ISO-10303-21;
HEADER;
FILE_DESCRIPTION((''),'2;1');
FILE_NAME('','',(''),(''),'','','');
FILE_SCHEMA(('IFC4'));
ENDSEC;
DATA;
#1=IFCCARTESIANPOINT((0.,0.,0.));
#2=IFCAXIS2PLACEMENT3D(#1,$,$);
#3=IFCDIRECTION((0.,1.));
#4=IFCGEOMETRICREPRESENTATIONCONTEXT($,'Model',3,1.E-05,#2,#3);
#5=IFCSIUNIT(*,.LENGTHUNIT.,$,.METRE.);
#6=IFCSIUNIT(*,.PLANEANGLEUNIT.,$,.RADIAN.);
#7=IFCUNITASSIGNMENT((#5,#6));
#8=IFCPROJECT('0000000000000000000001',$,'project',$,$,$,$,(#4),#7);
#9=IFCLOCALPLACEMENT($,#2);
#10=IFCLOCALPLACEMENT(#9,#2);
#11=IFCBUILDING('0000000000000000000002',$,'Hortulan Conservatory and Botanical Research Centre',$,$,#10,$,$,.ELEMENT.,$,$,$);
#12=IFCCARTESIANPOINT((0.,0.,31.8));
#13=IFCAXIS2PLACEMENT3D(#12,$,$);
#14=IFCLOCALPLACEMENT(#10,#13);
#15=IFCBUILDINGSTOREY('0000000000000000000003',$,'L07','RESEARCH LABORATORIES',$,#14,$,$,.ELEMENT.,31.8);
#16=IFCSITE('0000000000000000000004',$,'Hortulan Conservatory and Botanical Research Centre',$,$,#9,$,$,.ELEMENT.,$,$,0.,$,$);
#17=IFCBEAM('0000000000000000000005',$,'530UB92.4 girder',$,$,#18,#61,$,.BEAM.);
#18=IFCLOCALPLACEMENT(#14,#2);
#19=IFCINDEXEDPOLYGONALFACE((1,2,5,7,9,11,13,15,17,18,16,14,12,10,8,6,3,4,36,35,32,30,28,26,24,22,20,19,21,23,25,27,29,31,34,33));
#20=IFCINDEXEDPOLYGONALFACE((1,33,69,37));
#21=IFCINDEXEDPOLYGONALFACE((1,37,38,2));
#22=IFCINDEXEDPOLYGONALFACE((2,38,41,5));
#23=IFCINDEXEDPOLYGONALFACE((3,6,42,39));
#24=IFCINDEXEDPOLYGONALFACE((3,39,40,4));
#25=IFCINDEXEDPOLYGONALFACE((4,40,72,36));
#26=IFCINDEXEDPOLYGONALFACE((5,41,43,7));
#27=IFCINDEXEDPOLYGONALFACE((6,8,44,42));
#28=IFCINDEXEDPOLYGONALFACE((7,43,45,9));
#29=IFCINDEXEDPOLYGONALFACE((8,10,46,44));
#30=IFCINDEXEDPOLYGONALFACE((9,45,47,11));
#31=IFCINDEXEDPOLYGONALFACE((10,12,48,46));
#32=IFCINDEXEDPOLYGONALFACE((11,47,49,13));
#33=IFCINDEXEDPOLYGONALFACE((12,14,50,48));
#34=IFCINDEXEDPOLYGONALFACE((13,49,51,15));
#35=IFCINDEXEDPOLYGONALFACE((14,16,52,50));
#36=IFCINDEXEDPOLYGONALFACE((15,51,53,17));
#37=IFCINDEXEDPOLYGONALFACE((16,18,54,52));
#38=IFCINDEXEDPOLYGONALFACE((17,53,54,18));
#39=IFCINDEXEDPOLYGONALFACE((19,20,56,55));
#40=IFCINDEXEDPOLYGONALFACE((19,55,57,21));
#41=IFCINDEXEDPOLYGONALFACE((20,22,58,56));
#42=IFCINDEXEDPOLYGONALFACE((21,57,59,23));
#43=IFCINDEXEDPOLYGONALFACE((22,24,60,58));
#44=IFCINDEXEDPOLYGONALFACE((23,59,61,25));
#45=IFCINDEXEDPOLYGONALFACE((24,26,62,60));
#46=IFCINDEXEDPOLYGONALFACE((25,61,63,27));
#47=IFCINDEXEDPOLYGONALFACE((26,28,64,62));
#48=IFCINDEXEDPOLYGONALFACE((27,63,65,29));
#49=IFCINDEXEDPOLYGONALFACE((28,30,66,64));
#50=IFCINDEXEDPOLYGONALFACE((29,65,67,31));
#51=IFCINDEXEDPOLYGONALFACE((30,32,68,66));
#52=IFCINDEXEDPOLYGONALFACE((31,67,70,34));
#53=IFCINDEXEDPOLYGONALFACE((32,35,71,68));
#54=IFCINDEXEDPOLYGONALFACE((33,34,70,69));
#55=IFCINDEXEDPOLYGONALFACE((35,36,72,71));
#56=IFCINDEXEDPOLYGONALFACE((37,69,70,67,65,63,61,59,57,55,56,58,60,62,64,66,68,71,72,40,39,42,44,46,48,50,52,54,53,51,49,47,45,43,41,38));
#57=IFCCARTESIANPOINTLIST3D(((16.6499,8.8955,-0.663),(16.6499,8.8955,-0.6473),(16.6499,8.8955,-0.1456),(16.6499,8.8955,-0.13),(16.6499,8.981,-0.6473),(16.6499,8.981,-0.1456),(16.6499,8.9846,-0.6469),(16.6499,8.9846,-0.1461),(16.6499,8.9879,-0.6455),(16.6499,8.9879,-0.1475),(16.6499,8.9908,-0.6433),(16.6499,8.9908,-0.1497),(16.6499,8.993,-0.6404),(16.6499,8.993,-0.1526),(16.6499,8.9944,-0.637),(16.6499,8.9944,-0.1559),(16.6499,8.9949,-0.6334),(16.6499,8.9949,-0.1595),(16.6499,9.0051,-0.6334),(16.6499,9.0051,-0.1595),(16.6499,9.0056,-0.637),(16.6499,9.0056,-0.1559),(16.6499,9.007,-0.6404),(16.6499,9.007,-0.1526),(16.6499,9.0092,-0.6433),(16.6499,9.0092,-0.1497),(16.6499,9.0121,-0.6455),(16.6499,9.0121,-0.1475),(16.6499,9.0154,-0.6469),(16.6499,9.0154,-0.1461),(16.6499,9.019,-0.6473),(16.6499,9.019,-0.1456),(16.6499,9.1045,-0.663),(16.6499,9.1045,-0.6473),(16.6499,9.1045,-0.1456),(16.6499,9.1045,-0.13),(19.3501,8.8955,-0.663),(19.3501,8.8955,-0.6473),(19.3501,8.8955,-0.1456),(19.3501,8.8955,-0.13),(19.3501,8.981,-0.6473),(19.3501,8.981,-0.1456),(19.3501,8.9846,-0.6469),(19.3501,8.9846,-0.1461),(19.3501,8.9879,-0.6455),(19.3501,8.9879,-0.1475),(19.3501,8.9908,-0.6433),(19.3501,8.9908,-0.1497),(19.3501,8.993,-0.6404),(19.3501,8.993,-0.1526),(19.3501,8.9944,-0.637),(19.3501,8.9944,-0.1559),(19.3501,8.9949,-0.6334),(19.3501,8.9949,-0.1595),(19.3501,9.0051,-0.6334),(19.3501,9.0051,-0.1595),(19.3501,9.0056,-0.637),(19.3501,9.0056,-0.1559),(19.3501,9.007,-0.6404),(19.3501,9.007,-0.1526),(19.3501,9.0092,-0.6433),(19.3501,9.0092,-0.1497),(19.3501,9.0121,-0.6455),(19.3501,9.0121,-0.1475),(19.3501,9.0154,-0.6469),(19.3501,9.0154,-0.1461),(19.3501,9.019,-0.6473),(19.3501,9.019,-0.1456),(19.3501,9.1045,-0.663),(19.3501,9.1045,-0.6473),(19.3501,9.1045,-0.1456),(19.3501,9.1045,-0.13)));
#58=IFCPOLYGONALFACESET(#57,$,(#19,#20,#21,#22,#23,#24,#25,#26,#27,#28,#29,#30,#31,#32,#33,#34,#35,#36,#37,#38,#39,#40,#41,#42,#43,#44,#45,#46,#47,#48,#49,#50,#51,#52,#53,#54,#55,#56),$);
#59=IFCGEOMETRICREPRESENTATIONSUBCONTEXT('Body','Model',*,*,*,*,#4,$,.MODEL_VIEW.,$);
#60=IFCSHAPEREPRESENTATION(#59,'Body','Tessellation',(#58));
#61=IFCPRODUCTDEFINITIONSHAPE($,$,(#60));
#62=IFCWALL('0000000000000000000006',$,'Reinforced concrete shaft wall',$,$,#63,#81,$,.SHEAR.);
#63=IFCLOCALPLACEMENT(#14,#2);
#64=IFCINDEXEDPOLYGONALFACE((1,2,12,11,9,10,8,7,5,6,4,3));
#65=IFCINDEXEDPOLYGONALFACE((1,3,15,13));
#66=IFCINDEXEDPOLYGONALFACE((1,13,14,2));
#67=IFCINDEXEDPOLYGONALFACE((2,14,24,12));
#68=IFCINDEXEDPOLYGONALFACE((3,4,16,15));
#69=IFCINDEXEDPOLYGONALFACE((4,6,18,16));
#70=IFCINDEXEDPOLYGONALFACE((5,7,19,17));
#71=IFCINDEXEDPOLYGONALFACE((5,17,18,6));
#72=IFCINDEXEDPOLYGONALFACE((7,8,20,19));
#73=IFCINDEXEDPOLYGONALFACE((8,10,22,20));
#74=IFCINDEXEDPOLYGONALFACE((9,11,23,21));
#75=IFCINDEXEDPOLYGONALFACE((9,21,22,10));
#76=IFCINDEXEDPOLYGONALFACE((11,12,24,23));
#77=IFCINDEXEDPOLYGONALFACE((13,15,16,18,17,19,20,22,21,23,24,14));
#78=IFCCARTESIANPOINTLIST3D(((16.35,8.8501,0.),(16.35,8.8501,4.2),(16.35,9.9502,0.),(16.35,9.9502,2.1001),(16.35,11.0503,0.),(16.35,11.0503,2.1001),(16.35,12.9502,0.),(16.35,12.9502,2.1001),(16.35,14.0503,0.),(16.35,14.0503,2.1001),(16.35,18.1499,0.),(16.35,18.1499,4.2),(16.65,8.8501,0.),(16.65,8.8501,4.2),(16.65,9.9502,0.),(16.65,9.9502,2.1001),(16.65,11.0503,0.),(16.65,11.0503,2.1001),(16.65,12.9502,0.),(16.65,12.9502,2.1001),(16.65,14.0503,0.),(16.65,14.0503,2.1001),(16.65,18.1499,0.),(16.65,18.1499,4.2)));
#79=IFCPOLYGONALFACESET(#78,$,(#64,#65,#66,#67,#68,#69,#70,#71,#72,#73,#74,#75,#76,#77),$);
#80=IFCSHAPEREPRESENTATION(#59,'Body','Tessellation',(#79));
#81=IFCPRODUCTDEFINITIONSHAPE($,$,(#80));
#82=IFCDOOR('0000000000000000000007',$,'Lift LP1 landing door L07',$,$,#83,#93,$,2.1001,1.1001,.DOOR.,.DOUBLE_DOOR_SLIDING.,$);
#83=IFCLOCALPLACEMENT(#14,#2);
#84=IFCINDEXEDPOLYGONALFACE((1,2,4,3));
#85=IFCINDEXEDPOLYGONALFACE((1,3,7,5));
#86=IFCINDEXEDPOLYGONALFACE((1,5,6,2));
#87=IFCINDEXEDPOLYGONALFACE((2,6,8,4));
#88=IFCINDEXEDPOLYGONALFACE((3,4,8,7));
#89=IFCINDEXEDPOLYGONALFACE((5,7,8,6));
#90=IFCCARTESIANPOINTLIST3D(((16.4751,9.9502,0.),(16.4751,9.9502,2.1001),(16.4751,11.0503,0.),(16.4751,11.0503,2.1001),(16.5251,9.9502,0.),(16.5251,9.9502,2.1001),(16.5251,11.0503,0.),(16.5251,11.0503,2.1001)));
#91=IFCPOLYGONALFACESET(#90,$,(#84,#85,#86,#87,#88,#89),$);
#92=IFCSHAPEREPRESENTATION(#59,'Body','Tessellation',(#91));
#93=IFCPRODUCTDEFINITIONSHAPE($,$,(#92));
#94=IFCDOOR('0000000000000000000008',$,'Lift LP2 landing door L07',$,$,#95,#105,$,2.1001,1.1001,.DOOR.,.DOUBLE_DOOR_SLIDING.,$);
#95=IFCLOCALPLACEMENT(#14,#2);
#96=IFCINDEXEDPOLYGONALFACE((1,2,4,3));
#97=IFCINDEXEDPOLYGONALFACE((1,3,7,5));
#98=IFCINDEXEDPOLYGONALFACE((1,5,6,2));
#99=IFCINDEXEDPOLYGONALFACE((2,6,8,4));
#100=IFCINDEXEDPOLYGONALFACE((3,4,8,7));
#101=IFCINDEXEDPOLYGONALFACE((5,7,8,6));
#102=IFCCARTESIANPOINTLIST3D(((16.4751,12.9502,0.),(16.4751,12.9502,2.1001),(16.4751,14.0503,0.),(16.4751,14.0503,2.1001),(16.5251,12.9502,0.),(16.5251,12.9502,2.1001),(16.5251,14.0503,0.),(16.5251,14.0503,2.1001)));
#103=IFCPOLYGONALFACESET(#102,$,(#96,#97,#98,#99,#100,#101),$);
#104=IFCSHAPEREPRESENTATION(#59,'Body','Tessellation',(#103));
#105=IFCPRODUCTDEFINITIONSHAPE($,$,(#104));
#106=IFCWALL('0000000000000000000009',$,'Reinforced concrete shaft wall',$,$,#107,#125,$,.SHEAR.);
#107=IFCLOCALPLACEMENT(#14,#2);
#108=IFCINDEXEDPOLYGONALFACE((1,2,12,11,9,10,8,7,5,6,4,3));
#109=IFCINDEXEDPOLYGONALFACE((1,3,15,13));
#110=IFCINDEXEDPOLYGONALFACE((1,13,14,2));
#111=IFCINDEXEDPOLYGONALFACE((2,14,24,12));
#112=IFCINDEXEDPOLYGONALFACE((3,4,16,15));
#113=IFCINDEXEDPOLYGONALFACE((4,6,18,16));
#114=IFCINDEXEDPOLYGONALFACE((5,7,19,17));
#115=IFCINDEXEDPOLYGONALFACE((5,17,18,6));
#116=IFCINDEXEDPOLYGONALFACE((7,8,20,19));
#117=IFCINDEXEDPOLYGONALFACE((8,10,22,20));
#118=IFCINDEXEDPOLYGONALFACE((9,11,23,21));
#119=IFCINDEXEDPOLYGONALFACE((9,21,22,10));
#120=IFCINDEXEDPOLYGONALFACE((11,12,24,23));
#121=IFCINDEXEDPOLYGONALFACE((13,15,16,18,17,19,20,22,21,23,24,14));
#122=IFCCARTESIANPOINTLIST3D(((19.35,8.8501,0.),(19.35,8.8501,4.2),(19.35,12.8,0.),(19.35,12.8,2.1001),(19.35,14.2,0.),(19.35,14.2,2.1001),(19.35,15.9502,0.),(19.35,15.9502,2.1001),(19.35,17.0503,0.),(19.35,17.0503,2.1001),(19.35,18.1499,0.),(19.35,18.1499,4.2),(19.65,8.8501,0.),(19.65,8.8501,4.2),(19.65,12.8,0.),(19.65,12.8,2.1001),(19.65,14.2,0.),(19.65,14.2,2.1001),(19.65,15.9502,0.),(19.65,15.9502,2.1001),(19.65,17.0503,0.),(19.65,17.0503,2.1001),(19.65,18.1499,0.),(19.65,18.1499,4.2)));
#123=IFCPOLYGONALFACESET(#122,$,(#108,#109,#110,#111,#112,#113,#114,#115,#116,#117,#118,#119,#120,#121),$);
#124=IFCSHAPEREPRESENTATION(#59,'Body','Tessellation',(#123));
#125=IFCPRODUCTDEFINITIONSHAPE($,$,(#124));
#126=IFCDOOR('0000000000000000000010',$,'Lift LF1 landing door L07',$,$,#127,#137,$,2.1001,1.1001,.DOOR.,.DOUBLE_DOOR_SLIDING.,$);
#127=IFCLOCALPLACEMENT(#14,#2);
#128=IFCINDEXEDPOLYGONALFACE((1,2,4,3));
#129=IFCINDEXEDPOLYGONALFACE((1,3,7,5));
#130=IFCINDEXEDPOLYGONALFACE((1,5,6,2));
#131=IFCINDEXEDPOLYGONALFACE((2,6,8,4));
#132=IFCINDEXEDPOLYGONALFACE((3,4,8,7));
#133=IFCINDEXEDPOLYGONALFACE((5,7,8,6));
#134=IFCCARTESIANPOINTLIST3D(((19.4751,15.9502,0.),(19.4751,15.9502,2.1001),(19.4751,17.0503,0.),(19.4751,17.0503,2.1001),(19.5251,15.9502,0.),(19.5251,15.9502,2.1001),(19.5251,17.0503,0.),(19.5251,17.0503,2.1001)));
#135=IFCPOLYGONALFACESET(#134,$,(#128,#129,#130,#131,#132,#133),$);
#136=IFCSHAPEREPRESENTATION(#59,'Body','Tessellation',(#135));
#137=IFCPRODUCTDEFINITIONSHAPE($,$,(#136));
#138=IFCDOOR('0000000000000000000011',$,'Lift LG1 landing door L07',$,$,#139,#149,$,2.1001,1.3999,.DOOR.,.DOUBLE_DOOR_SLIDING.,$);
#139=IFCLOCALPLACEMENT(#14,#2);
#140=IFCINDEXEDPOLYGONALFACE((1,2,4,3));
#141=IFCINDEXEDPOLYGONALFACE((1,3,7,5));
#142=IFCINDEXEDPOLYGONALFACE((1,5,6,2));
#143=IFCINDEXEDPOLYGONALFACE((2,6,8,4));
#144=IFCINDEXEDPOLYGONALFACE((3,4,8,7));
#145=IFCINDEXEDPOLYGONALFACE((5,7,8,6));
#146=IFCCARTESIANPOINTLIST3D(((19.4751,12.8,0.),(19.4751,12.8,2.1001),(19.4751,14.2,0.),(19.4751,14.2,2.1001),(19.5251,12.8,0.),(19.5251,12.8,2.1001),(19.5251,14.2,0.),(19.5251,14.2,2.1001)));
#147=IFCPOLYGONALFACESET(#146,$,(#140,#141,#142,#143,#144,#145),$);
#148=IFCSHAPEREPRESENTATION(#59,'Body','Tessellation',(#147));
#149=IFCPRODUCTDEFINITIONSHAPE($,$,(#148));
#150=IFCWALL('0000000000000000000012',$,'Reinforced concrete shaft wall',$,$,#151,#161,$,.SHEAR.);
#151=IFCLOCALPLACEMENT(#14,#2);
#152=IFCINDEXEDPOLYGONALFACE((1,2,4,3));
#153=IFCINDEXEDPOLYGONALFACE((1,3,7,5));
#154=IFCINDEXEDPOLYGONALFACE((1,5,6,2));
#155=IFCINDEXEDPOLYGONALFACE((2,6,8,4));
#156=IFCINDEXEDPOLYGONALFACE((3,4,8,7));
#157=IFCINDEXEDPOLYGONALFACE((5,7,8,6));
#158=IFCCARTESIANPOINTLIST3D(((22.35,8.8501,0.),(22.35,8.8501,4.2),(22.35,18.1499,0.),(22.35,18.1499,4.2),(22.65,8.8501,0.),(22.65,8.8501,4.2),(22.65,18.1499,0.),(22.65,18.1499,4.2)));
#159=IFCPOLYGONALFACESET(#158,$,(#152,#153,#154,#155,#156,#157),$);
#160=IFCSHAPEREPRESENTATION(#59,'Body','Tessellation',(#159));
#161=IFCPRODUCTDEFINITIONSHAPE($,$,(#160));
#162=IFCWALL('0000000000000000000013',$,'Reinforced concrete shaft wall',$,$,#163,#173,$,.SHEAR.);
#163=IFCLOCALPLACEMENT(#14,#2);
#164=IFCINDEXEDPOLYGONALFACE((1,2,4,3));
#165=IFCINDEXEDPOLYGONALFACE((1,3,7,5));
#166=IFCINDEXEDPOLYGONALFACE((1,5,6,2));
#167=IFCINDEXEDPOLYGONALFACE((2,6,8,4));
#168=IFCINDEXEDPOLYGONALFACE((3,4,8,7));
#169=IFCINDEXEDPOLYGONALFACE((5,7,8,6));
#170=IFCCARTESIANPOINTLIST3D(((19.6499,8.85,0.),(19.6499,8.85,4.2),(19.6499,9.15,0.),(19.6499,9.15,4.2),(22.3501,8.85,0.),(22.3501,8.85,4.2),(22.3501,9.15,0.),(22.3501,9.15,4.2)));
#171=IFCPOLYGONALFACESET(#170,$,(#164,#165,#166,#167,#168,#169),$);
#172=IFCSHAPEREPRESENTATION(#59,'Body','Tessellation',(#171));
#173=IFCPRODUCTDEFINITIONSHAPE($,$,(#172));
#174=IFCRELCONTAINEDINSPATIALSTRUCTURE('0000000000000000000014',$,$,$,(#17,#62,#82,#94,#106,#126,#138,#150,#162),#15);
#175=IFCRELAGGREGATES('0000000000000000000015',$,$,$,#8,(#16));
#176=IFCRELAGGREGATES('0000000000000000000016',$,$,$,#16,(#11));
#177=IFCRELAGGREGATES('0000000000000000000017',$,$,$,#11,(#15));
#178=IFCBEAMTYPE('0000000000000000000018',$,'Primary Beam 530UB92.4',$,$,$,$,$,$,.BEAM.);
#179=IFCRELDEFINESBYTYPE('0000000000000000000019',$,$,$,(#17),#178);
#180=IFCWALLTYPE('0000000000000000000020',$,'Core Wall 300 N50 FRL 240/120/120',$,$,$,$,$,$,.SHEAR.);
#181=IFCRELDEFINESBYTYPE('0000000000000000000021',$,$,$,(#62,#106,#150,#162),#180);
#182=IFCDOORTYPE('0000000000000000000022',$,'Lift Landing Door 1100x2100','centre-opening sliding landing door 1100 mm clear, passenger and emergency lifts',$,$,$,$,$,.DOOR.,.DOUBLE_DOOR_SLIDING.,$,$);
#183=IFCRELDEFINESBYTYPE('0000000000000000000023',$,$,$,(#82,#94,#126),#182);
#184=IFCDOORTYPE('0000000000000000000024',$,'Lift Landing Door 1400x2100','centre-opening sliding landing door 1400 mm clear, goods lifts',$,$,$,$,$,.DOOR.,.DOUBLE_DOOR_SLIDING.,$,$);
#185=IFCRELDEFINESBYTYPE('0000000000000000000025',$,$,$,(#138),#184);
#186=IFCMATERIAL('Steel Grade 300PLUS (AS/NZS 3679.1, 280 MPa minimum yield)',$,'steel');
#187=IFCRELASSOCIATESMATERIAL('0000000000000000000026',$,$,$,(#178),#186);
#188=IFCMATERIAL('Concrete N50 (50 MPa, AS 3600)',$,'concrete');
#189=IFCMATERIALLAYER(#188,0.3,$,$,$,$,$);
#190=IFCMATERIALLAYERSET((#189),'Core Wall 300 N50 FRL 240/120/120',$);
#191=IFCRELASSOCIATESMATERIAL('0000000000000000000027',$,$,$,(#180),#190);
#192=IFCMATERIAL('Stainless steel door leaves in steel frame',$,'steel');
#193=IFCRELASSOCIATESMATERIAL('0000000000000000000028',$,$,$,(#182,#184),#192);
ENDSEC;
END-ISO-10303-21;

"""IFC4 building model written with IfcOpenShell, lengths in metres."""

from ifc_helpers import new_model, si_unit, direction, frame, frame_2d, origin, origin_2d, place, context, subcontext, project, spatial, rectangle, i_section, extrude, material, layer, layer_set, material_profile, profile_set, type_object, element, fill, save


model = new_model("IFC4")

# Units and contexts
model_context = context("Model", 3, precision=1e-05, world=origin(), true_north=direction((0.0, 1.0)))
body_context = subcontext(model_context, "Body", "Model", "MODEL_VIEW")
ifc_project = project(units=[si_unit("LENGTHUNIT", "METRE"), si_unit("PLANEANGLEUNIT", "RADIAN")], contexts=[model_context])

# Site, building, storey
site_placement = place(None, origin())
site = spatial("IfcSite", under=ifc_project, at=site_placement, Name="Hortulan Conservatory and Botanical Research Centre", CompositionType="ELEMENT", RefElevation=0.0)
building_placement = place(site_placement, origin())
building = spatial("IfcBuilding", under=site, at=building_placement, Name="Hortulan Conservatory and Botanical Research Centre", CompositionType="ELEMENT")
storey_placement = place(building_placement, frame((0.0, 0.0, 31.8)))
storey = spatial("IfcBuildingStorey", under=building, at=storey_placement, Name="L07", Description="RESEARCH LABORATORIES", CompositionType="ELEMENT", Elevation=31.8)

# Beam
ifc_material_1 = material(Name="Steel Grade 300PLUS (AS/NZS 3679.1, 280 MPa minimum yield)", Category="steel")
ifc_material_profile = material_profile(ifc_material_1, i_section(OverallWidth=0.209, OverallDepth=0.533, WebThickness=0.0103, FlangeThickness=0.0156, FilletRadius=0.0139, at=origin_2d()), Name="530UB92.4")
ifc_profile_set = profile_set([ifc_material_profile], Name="Steel Grade 300PLUS (AS/NZS 3679.1, 280 MPa minimum yield)")
beam_type = type_object("IfcBeamType", Name="Primary Beam 530UB92.4", PredefinedType="BEAM", material=ifc_profile_set)
beam_placement = place(storey_placement, frame((16.6499, 9.0, -0.3965), z_axis=(1.0, 0.0, 0.0), x_axis=(0.0, 1.0, 0.0)))
element("IfcBeam", 1, at=beam_placement, inside=storey, type_object=beam_type, Name="530UB92.4 girder", PredefinedType="BEAM", context=body_context, shape_type="SweptSolid", body=[
    extrude(i_section(OverallWidth=0.209, OverallDepth=0.533, WebThickness=0.0103, FlangeThickness=0.0156, FilletRadius=0.0139, at=origin_2d()), origin(), (0.0, 0.0, 1.0), 2.7002),
])

# Walls, openings, doors
ifc_material_2 = material(Name="Concrete N50 (50 MPa, AS 3600)", Category="concrete")
ifc_layer_1 = layer(ifc_material_2, 0.3)
ifc_layer_set_1 = layer_set([ifc_layer_1], Name="Core Wall 300 N50 FRL 240/120/120")
wall_type = type_object("IfcWallType", Name="Core Wall 300 N50 FRL 240/120/120", PredefinedType="SHEAR", material=ifc_layer_set_1)
wall_1_placement = place(storey_placement, frame((16.5, 8.8501, 0.0), z_axis=(0.0, 0.0, 1.0), x_axis=(0.0, 1.0, 0.0)))
wall_1 = element("IfcWall", 2, at=wall_1_placement, inside=storey, type_object=wall_type, Name="Reinforced concrete shaft wall", PredefinedType="SHEAR", context=body_context, shape_type="SweptSolid", body=[
    extrude(rectangle(XDim=9.2998, YDim=0.3, at=frame_2d((4.6499, 0.0))), origin(), (0.0, 0.0, 1.0), 4.2),
])
opening_1_placement = place(wall_1_placement, frame((1.1001, 0.0, 0.0)))
opening_1 = element("IfcOpeningElement", 3, at=opening_1_placement, cuts=wall_1, PredefinedType="OPENING", context=body_context, shape_type="SweptSolid", body=[
    extrude(rectangle(XDim=1.1001, YDim=2.1001, at=frame_2d((0.55, 1.05))), frame((0.0, 0.1599, 0.0), z_axis=(0.0, -1.0, 0.0), x_axis=(1.0, 0.0, 0.0)), (0.0, 0.0, 1.0), 0.3201),
])
opening_2_placement = place(wall_1_placement, frame((4.1001, 0.0, 0.0)))
opening_2 = element("IfcOpeningElement", 4, at=opening_2_placement, cuts=wall_1, PredefinedType="OPENING", context=body_context, shape_type="SweptSolid", body=[
    extrude(rectangle(XDim=1.1001, YDim=2.1001, at=frame_2d((0.55, 1.05))), frame((0.0, 0.1599, 0.0), z_axis=(0.0, -1.0, 0.0), x_axis=(1.0, 0.0, 0.0)), (0.0, 0.0, 1.0), 0.3201),
])
ifc_material_3 = material(Name="Stainless steel door leaves in steel frame", Category="steel")
door_type_1 = type_object("IfcDoorType", Name="Lift Landing Door 1100x2100", Description="centre-opening sliding landing door 1100 mm clear, passenger and emergency lifts", OperationType="DOUBLE_DOOR_SLIDING", PredefinedType="DOOR", material=ifc_material_3)
door_1_placement = place(opening_1_placement, origin())
door_1 = element("IfcDoor", 5, at=door_1_placement, inside=storey, type_object=door_type_1, Name="Lift LP1 landing door L07", OperationType="DOUBLE_DOOR_SLIDING", OverallHeight=2.1001, OverallWidth=1.1001, PredefinedType="DOOR", context=body_context, shape_type="SweptSolid", body=[
    extrude(rectangle(XDim=1.1001, YDim=2.1001, at=frame_2d((0.55, 1.05))), frame((0.0, 0.0249, 0.0), z_axis=(0.0, -1.0, 0.0), x_axis=(1.0, 0.0, 0.0)), (0.0, 0.0, 1.0), 0.05),
])
fill(opening_1, door_1)
door_2_placement = place(opening_2_placement, origin())
door_2 = element("IfcDoor", 6, at=door_2_placement, inside=storey, type_object=door_type_1, Name="Lift LP2 landing door L07", OperationType="DOUBLE_DOOR_SLIDING", OverallHeight=2.1001, OverallWidth=1.1001, PredefinedType="DOOR", context=body_context, shape_type="SweptSolid", body=[
    extrude(rectangle(XDim=1.1001, YDim=2.1001, at=frame_2d((0.55, 1.05))), frame((0.0, 0.0249, 0.0), z_axis=(0.0, -1.0, 0.0), x_axis=(1.0, 0.0, 0.0)), (0.0, 0.0, 1.0), 0.05),
])
fill(opening_2, door_2)
wall_2_placement = place(storey_placement, frame((19.5, 8.8501, 0.0), z_axis=(0.0, 0.0, 1.0), x_axis=(0.0, 1.0, 0.0)))
wall_2 = element("IfcWall", 7, at=wall_2_placement, inside=storey, type_object=wall_type, Name="Reinforced concrete shaft wall", PredefinedType="SHEAR", context=body_context, shape_type="SweptSolid", body=[
    extrude(rectangle(XDim=9.2998, YDim=0.3, at=frame_2d((4.6499, 0.0))), origin(), (0.0, 0.0, 1.0), 4.2),
])
opening_3_placement = place(wall_2_placement, frame((3.95, 0.0, 0.0)))
opening_3 = element("IfcOpeningElement", 8, at=opening_3_placement, cuts=wall_2, PredefinedType="OPENING", context=body_context, shape_type="SweptSolid", body=[
    extrude(rectangle(XDim=1.3999, YDim=2.1001, at=frame_2d((0.7, 1.05))), frame((0.0, 0.1599, 0.0), z_axis=(0.0, -1.0, 0.0), x_axis=(1.0, 0.0, 0.0)), (0.0, 0.0, 1.0), 0.3201),
])
opening_4_placement = place(wall_2_placement, frame((7.1001, 0.0, 0.0)))
opening_4 = element("IfcOpeningElement", 9, at=opening_4_placement, cuts=wall_2, PredefinedType="OPENING", context=body_context, shape_type="SweptSolid", body=[
    extrude(rectangle(XDim=1.1001, YDim=2.1001, at=frame_2d((0.55, 1.05))), frame((0.0, 0.1599, 0.0), z_axis=(0.0, -1.0, 0.0), x_axis=(1.0, 0.0, 0.0)), (0.0, 0.0, 1.0), 0.3201),
])
door_3_placement = place(opening_4_placement, origin())
door_3 = element("IfcDoor", 10, at=door_3_placement, inside=storey, type_object=door_type_1, Name="Lift LF1 landing door L07", OperationType="DOUBLE_DOOR_SLIDING", OverallHeight=2.1001, OverallWidth=1.1001, PredefinedType="DOOR", context=body_context, shape_type="SweptSolid", body=[
    extrude(rectangle(XDim=1.1001, YDim=2.1001, at=frame_2d((0.55, 1.05))), frame((0.0, 0.0249, 0.0), z_axis=(0.0, -1.0, 0.0), x_axis=(1.0, 0.0, 0.0)), (0.0, 0.0, 1.0), 0.05),
])
fill(opening_4, door_3)
door_type_2 = type_object("IfcDoorType", Name="Lift Landing Door 1400x2100", Description="centre-opening sliding landing door 1400 mm clear, goods lifts", OperationType="DOUBLE_DOOR_SLIDING", PredefinedType="DOOR", material=ifc_material_3)
door_4_placement = place(opening_3_placement, origin())
door_4 = element("IfcDoor", 11, at=door_4_placement, inside=storey, type_object=door_type_2, Name="Lift LG1 landing door L07", OperationType="DOUBLE_DOOR_SLIDING", OverallHeight=2.1001, OverallWidth=1.3999, PredefinedType="DOOR", context=body_context, shape_type="SweptSolid", body=[
    extrude(rectangle(XDim=1.3999, YDim=2.1001, at=frame_2d((0.7, 1.05))), frame((0.0, 0.0249, 0.0), z_axis=(0.0, -1.0, 0.0), x_axis=(1.0, 0.0, 0.0)), (0.0, 0.0, 1.0), 0.05),
])
fill(opening_3, door_4)

# Walls
wall_3_placement = place(storey_placement, frame((22.5, 8.8501, 0.0), z_axis=(0.0, 0.0, 1.0), x_axis=(0.0, 1.0, 0.0)))
element("IfcWall", 12, at=wall_3_placement, inside=storey, type_object=wall_type, Name="Reinforced concrete shaft wall", PredefinedType="SHEAR", context=body_context, shape_type="SweptSolid", body=[
    extrude(rectangle(XDim=9.2998, YDim=0.3, at=frame_2d((4.6499, 0.0))), origin(), (0.0, 0.0, 1.0), 4.2),
])
wall_4_placement = place(storey_placement, frame((19.6499, 9.0, 0.0), z_axis=(0.0, 0.0, 1.0), x_axis=(1.0, 0.0, 0.0)))
element("IfcWall", 13, at=wall_4_placement, inside=storey, type_object=wall_type, Name="Reinforced concrete shaft wall", PredefinedType="SHEAR", context=body_context, shape_type="SweptSolid", body=[
    extrude(rectangle(XDim=2.7002, YDim=0.3, at=frame_2d((1.3501, 0.0))), origin(), (0.0, 0.0, 1.0), 4.2),
])

save(model, "model.ifc")
